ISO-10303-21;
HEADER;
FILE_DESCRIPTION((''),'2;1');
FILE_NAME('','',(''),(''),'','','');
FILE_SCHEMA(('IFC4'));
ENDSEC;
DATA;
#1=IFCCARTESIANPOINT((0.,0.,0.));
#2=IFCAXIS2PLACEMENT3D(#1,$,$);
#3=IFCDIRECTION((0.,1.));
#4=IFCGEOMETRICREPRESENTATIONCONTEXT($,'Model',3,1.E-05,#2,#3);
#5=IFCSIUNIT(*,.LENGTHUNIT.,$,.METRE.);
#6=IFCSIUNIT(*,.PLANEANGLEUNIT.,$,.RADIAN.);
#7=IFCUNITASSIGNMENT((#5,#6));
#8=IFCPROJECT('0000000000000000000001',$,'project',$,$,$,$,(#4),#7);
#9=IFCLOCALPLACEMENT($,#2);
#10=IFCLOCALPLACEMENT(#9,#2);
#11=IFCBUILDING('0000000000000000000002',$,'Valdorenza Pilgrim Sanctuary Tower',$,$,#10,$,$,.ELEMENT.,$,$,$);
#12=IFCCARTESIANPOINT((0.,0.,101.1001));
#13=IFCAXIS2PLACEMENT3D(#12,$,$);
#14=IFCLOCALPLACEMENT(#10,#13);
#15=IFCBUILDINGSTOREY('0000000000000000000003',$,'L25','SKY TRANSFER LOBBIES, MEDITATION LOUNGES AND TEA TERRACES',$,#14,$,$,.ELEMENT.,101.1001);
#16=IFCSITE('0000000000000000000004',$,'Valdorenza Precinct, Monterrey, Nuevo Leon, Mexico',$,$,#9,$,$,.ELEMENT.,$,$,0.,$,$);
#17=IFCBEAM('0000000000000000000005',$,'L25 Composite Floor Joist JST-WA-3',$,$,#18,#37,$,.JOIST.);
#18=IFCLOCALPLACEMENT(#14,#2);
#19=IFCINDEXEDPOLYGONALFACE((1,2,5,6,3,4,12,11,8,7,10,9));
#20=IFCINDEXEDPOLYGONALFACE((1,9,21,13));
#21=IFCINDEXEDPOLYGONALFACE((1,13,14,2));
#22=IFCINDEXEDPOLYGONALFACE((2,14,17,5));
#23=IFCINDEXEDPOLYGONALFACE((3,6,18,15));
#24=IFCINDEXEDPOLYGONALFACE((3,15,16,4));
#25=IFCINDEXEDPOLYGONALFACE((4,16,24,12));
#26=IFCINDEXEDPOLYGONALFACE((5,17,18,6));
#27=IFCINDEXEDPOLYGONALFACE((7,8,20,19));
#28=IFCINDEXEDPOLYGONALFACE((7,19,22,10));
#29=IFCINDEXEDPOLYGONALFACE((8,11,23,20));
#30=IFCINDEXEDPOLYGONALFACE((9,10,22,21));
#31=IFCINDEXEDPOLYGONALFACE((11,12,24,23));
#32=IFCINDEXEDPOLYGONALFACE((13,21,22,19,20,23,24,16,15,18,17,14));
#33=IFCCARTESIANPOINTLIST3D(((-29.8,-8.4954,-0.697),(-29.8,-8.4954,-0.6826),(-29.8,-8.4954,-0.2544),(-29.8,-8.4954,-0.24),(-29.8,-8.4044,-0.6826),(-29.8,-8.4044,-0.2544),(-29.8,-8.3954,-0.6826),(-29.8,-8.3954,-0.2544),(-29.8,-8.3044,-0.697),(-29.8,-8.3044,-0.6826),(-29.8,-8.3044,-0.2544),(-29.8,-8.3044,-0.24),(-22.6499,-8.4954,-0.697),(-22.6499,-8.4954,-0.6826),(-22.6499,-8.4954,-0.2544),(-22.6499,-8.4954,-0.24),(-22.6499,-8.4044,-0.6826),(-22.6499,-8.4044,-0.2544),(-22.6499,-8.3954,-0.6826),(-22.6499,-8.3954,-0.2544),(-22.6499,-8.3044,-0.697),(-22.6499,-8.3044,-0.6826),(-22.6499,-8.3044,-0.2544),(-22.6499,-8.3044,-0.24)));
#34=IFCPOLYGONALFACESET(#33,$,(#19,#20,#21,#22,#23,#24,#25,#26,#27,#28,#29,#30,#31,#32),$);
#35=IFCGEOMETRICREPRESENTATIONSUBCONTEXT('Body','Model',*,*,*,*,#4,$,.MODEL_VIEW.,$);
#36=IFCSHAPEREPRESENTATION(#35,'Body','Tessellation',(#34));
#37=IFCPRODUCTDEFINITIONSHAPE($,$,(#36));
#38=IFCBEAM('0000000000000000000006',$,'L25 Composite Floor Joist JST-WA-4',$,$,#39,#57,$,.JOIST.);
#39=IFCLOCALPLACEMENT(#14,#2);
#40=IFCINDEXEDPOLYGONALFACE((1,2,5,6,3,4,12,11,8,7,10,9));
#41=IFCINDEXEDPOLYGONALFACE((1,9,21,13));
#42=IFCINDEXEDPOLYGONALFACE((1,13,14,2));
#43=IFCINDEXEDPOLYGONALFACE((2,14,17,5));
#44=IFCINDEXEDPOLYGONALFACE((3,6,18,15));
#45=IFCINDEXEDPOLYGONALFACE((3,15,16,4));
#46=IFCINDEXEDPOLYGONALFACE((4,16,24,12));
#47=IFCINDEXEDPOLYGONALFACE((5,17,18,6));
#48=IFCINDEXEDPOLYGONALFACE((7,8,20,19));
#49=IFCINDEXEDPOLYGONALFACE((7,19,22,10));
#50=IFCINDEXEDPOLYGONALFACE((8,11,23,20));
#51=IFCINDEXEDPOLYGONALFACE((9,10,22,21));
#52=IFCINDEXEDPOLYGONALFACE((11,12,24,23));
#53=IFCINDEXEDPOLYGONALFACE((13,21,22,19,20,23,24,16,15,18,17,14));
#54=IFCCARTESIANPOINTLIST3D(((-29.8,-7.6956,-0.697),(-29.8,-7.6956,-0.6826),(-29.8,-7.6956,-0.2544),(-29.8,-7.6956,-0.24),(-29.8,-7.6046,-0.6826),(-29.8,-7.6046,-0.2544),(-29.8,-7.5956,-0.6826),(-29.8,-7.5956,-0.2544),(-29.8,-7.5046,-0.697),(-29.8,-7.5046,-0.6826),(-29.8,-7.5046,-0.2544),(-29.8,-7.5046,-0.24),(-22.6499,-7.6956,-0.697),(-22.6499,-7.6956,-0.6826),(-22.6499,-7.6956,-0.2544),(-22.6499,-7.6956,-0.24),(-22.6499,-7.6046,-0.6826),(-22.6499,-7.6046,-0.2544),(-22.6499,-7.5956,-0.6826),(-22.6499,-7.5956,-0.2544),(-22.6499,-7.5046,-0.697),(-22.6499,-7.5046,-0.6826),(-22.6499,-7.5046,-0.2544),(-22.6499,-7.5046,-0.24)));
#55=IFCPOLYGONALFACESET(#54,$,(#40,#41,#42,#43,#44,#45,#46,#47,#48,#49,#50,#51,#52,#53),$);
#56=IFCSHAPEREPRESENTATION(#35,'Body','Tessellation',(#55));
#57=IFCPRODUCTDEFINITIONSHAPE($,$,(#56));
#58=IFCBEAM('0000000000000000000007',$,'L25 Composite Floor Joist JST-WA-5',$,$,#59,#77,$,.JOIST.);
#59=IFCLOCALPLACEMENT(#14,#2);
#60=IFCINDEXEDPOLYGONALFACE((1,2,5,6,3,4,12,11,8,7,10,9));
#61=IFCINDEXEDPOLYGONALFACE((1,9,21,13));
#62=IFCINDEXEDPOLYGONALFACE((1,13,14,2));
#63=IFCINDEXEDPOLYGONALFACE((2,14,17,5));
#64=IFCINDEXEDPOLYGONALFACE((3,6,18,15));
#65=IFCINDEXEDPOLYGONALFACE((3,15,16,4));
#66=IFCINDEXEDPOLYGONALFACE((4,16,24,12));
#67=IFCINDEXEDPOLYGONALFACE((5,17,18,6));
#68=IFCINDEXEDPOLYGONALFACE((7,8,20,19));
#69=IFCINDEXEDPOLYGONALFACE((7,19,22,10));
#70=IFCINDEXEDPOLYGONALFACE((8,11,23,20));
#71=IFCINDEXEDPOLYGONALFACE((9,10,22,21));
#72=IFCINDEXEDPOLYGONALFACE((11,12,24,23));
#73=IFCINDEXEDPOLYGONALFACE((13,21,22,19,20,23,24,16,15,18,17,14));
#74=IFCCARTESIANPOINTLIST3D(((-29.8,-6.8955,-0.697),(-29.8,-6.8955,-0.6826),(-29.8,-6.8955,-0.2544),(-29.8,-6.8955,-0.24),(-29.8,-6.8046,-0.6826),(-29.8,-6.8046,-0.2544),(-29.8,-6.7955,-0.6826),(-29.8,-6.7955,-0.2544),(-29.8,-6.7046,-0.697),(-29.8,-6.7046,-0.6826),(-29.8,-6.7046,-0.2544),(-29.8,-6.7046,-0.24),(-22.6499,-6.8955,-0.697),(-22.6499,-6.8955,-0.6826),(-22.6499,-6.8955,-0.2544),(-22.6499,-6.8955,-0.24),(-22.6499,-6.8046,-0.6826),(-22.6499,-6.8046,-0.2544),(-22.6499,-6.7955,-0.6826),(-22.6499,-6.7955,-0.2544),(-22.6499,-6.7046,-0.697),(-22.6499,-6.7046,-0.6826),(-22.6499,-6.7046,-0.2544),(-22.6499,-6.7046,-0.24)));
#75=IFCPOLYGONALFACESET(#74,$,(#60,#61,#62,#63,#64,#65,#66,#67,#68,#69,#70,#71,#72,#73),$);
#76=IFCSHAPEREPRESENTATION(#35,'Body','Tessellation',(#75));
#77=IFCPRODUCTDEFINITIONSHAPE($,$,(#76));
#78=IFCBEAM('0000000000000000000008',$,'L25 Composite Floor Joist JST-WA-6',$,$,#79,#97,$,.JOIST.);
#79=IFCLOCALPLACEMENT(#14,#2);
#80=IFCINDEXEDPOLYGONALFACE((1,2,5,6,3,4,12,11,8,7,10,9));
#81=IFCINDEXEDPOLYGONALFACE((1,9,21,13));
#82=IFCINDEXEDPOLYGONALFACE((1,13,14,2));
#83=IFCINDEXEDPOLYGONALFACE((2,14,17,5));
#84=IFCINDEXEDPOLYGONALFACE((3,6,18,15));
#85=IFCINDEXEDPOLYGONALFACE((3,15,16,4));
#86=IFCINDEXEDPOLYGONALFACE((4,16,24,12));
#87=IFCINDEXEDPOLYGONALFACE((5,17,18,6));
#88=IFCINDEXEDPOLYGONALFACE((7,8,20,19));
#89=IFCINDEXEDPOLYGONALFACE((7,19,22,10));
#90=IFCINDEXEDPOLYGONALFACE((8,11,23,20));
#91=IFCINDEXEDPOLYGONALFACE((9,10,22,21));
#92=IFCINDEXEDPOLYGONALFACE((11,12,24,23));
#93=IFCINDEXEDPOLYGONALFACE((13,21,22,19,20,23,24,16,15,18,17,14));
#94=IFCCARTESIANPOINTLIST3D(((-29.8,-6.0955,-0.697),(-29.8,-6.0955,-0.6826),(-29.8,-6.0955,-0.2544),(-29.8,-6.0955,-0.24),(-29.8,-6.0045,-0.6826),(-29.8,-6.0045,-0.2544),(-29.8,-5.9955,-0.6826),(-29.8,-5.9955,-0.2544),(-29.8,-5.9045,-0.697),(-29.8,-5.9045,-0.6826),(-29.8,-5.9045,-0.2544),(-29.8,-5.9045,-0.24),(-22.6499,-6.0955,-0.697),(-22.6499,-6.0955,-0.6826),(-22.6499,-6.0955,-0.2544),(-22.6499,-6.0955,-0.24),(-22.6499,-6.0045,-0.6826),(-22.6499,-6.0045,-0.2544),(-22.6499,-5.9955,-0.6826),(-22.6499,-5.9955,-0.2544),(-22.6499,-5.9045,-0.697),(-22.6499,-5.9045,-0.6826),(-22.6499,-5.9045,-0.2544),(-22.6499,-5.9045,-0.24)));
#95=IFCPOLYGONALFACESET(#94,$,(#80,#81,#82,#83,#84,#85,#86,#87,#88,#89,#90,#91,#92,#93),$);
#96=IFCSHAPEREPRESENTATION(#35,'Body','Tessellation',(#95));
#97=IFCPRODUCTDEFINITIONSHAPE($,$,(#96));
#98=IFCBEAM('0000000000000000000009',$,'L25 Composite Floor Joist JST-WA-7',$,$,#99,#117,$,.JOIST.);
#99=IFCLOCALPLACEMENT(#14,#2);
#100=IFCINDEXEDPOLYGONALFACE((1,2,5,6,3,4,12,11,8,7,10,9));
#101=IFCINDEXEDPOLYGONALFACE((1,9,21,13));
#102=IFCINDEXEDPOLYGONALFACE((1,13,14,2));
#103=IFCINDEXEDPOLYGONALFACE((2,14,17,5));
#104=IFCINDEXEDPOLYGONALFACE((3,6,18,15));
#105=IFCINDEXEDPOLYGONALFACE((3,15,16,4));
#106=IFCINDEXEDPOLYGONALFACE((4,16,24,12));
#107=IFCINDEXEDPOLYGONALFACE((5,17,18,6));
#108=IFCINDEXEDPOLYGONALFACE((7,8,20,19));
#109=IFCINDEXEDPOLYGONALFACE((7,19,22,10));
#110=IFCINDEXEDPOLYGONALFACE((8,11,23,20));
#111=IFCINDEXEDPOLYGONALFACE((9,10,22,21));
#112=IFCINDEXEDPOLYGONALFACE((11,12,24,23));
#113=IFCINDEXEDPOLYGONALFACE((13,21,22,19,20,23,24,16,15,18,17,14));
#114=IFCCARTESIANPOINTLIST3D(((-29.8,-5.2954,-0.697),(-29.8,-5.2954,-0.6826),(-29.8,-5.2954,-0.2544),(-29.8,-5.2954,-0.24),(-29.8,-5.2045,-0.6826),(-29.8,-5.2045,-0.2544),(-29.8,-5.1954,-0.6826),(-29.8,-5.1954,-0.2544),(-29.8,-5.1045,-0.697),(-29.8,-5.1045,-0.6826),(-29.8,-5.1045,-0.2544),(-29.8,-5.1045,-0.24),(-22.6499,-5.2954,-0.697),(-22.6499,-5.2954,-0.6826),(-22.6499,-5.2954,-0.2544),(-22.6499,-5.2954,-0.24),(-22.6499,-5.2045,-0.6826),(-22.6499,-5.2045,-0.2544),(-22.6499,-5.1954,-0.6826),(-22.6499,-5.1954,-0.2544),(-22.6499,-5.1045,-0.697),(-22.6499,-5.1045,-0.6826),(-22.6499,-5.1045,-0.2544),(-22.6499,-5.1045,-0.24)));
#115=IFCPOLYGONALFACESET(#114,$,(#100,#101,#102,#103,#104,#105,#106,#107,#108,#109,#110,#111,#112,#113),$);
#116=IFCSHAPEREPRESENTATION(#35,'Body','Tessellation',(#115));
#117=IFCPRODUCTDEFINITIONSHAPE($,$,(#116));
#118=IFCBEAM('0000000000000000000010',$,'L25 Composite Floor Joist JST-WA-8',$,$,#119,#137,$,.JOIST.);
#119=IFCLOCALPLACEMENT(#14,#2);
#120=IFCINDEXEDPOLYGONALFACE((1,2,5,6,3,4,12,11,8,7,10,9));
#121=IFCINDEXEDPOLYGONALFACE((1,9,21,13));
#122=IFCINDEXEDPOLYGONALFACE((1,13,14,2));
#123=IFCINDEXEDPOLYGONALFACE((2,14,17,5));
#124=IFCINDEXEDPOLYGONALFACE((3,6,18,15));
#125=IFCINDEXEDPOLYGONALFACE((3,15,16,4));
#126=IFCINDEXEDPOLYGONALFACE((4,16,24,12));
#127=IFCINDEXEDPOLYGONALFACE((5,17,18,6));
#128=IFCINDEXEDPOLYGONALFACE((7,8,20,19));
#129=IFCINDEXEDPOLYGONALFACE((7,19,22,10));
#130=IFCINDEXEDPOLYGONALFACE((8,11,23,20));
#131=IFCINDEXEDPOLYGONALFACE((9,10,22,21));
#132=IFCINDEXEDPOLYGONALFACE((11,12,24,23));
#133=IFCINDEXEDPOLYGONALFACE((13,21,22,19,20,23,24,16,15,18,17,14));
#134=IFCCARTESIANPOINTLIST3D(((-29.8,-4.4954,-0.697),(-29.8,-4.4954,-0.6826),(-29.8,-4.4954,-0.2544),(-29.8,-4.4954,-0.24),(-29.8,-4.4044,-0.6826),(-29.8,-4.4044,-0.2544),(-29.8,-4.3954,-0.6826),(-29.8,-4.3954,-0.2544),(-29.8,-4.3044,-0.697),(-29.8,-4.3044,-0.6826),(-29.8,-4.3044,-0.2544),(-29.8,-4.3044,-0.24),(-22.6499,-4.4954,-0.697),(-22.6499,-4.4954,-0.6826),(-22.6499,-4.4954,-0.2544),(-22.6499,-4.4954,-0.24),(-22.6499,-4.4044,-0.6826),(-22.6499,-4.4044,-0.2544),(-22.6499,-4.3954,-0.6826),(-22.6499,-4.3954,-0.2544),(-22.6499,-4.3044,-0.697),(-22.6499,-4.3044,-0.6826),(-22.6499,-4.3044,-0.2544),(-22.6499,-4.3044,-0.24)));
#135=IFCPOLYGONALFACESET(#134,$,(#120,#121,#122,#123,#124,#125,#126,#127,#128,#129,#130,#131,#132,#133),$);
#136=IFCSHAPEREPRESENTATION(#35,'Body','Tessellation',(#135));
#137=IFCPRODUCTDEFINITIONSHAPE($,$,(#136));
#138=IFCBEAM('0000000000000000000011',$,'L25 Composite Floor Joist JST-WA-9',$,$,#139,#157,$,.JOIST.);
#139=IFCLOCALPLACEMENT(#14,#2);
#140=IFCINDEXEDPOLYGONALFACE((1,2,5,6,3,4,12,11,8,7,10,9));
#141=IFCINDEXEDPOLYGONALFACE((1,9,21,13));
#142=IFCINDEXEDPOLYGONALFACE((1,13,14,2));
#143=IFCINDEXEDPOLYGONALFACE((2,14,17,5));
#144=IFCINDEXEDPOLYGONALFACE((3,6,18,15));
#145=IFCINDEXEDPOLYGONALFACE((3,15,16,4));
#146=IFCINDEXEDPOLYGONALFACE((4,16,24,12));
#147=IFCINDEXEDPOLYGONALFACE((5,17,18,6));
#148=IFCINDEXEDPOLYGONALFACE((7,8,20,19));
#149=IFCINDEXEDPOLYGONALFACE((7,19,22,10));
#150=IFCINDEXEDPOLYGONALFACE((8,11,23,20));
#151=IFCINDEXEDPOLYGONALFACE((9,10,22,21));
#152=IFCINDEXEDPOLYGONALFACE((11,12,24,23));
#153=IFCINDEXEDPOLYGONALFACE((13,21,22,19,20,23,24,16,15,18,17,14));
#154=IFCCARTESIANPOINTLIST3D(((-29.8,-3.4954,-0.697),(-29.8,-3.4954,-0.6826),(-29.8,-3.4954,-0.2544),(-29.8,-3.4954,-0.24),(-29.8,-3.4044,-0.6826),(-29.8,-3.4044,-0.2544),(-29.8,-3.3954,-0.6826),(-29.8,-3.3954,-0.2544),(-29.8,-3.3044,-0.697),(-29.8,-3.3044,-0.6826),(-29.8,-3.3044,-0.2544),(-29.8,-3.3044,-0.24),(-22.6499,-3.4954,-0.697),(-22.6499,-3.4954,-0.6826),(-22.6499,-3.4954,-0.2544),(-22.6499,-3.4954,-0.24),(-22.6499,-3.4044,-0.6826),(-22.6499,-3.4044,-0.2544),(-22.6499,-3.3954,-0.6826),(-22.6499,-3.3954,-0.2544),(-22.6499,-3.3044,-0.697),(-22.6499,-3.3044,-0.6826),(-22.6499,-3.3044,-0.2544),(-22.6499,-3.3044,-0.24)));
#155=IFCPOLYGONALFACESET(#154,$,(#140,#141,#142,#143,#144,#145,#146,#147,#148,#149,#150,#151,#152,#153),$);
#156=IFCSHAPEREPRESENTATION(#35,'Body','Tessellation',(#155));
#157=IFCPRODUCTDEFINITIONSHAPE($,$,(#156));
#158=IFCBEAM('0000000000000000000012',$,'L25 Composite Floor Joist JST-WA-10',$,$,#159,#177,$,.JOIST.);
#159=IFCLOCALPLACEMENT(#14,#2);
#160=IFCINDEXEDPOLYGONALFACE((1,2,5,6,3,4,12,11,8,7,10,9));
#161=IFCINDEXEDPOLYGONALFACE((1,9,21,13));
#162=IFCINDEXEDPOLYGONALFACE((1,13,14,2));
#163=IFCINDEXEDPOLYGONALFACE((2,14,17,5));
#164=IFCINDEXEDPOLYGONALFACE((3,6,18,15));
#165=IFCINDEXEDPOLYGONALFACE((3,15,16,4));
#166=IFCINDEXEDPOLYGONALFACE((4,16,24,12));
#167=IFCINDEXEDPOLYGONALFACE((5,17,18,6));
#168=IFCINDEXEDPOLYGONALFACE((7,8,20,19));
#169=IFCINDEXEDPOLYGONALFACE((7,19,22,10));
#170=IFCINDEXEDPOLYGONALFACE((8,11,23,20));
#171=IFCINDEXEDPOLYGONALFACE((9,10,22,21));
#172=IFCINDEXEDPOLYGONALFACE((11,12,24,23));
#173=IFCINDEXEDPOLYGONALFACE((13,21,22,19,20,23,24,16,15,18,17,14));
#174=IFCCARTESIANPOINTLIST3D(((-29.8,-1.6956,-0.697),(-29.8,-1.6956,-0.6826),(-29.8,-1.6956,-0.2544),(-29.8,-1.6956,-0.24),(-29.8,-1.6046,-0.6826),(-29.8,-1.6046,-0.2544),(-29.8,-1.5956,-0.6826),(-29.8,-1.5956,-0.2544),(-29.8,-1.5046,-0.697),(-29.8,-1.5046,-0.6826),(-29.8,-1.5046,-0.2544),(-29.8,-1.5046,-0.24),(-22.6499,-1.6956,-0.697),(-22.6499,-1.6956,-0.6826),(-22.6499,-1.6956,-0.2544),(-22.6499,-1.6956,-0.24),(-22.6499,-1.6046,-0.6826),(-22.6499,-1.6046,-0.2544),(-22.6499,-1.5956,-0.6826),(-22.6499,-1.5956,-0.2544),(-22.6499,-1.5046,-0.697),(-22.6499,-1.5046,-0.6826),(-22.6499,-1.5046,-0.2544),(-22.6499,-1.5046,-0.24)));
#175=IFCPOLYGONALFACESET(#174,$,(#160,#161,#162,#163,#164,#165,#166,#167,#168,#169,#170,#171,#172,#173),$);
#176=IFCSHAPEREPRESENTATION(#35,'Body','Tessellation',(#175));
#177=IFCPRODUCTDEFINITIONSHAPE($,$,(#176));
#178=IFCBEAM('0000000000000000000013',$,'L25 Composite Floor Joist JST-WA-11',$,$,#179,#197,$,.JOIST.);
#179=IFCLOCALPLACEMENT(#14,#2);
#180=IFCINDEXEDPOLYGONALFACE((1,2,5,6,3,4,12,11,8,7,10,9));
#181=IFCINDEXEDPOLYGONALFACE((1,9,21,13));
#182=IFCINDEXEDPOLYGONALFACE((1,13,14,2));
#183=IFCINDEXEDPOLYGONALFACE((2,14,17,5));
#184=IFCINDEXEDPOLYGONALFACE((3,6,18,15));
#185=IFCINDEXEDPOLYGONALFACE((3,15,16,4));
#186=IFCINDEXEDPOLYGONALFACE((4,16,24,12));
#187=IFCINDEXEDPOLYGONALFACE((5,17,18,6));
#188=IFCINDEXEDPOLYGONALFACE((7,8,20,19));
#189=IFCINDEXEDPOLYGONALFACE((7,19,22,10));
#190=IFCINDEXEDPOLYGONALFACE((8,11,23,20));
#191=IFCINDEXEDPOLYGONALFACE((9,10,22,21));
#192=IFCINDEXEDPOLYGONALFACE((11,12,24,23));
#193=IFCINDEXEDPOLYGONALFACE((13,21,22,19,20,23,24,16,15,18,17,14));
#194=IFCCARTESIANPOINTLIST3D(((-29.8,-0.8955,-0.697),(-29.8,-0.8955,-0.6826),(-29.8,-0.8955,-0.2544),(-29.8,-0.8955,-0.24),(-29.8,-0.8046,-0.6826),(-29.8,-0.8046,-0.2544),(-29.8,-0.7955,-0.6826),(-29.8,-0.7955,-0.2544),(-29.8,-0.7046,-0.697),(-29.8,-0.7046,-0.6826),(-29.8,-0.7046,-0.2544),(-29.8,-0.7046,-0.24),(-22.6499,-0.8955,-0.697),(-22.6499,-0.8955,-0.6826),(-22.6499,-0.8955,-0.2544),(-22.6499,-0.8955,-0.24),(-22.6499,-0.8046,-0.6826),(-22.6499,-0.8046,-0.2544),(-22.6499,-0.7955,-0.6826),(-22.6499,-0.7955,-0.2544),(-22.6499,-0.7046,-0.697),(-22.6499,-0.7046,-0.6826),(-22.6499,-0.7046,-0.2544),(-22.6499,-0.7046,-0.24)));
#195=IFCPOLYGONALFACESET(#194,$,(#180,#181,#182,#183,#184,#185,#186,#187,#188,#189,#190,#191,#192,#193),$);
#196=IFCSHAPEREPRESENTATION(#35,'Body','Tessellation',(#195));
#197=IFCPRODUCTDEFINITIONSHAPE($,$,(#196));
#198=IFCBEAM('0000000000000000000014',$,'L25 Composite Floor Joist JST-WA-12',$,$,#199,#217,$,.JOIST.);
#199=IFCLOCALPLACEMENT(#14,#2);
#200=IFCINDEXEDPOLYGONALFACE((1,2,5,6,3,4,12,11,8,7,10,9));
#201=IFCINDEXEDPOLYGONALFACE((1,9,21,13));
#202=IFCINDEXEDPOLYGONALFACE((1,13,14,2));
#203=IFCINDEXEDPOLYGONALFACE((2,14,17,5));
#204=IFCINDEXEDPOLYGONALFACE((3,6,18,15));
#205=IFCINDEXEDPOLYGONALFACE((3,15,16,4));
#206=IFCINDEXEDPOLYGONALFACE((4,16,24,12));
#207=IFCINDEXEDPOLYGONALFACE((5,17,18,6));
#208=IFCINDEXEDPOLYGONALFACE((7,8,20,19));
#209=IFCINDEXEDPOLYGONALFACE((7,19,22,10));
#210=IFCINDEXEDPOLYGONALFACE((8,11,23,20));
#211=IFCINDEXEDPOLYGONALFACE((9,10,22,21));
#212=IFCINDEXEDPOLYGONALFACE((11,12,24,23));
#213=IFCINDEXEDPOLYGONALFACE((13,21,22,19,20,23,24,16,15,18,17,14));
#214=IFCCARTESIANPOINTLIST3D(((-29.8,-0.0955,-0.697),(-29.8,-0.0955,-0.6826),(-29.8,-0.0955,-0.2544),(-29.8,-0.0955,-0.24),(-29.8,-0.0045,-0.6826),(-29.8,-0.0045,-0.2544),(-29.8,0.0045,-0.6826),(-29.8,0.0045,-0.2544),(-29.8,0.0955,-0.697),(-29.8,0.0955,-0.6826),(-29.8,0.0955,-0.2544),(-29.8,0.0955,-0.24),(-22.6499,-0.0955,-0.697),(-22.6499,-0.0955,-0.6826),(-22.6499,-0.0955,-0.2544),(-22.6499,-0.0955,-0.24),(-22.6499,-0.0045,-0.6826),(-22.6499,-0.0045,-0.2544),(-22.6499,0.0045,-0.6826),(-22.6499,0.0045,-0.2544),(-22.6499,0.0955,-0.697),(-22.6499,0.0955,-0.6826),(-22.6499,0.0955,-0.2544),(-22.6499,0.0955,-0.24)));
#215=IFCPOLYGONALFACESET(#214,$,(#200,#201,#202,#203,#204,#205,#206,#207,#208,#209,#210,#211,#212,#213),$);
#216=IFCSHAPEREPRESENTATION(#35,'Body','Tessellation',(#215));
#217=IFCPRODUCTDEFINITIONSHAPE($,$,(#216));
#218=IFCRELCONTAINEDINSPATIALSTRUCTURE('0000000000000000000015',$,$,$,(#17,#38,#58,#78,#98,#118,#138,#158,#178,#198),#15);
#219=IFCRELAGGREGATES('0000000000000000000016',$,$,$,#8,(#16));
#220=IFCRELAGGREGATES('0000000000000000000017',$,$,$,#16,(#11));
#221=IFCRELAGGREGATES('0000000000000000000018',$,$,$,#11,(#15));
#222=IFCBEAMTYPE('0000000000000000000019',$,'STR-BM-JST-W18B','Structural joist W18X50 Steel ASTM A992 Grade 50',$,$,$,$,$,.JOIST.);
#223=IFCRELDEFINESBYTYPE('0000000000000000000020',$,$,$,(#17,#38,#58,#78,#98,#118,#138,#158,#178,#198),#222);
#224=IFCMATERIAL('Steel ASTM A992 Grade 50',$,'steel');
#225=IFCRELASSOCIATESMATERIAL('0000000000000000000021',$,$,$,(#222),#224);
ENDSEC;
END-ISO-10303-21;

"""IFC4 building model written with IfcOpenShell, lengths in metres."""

from ifc_helpers import new_model, si_unit, direction, frame, origin, origin_2d, place, context, subcontext, project, spatial, i_section, extrude, source, transform, mapped, material, material_profile, profile_set, type_object, element, save


model = new_model("IFC4")

# Units and contexts
model_context = context("Model", 3, precision=1e-05, world=origin(), true_north=direction((0.0, 1.0)))
body_context = subcontext(model_context, "Body", "Model", "MODEL_VIEW")
ifc_project = project(units=[si_unit("LENGTHUNIT", "METRE"), si_unit("PLANEANGLEUNIT", "RADIAN")], contexts=[model_context])

# Site, building, storey
site_placement = place(None, origin())
site = spatial("IfcSite", under=ifc_project, at=site_placement, Name="Valdorenza Precinct, Monterrey, Nuevo Leon, Mexico", CompositionType="ELEMENT", RefElevation=0.0)
building_placement = place(site_placement, origin())
building = spatial("IfcBuilding", under=site, at=building_placement, Name="Valdorenza Pilgrim Sanctuary Tower", CompositionType="ELEMENT")
storey_placement = place(building_placement, frame((0.0, 0.0, 101.1001)))
storey = spatial("IfcBuildingStorey", under=building, at=storey_placement, Name="L25", Description="SKY TRANSFER LOBBIES, MEDITATION LOUNGES AND TEA TERRACES", CompositionType="ELEMENT", Elevation=101.1001)

# Beams
ifc_material_1 = material(Name="Steel ASTM A992 Grade 50", Category="steel")
ifc_material_profile_1 = material_profile(ifc_material_1, i_section(OverallWidth=0.1909, OverallDepth=0.457, WebThickness=0.009, FlangeThickness=0.0144, at=origin_2d()), Name="W18X50")
ifc_profile_set_1 = profile_set([ifc_material_profile_1], Name="Steel ASTM A992 Grade 50")
beam_type_1 = type_object("IfcBeamType", Name="STR-BM-JST-W18B", Description="Structural joist W18X50 Steel ASTM A992 Grade 50", PredefinedType="JOIST", material=ifc_profile_set_1)
shared_shape_1 = source(origin(), body_context, "Body", "SweptSolid", [
    extrude(i_section(OverallWidth=0.1909, OverallDepth=0.457, WebThickness=0.009, FlangeThickness=0.0144, at=origin_2d()), origin(), (0.0, 0.0, 1.0), 7.1501),
])
for number, where, z_axis, x_axis, name in (
    (1, (-29.8, -8.3999, -0.4685), (1.0, 0.0, 0.0), (0.0, 1.0, 0.0), "L25 Composite Floor Joist JST-WA-3"),
    (2, (-29.8, -7.6001, -0.4685), (1.0, 0.0, 0.0), (0.0, 1.0, 0.0), "L25 Composite Floor Joist JST-WA-4"),
    (3, (-29.8, -6.8, -0.4685), (1.0, 0.0, 0.0), (0.0, 1.0, 0.0), "L25 Composite Floor Joist JST-WA-5"),
    (4, (-29.8, -6.0, -0.4685), (1.0, 0.0, 0.0), (0.0, 1.0, 0.0), "L25 Composite Floor Joist JST-WA-6"),
    (5, (-29.8, -5.2, -0.4685), (1.0, 0.0, 0.0), (0.0, 1.0, 0.0), "L25 Composite Floor Joist JST-WA-7"),
    (6, (-29.8, -4.3999, -0.4685), (1.0, 0.0, 0.0), (0.0, 1.0, 0.0), "L25 Composite Floor Joist JST-WA-8"),
    (7, (-29.8, -3.3999, -0.4685), (1.0, 0.0, 0.0), (0.0, 1.0, 0.0), "L25 Composite Floor Joist JST-WA-9"),
    (8, (-29.8, -1.6001, -0.4685), (1.0, 0.0, 0.0), (0.0, 1.0, 0.0), "L25 Composite Floor Joist JST-WA-10"),
    (9, (-29.8, -0.8, -0.4685), (1.0, 0.0, 0.0), (0.0, 1.0, 0.0), "L25 Composite Floor Joist JST-WA-11"),
    (10, (-29.8, 0.0, -0.4685), (1.0, 0.0, 0.0), (0.0, 1.0, 0.0), "L25 Composite Floor Joist JST-WA-12"),
):
    element("IfcBeam", number, at=place(storey_placement, frame(where, z_axis=z_axis, x_axis=x_axis)), inside=storey, type_object=beam_type_1, Name=name, PredefinedType="JOIST", context=body_context, shape_type="MappedRepresentation", body=[
        mapped(shared_shape_1, transform((0.0, 0.0, 0.0), x_axis=(1.0, 0.0, 0.0), y_axis=(0.0, 1.0, 0.0), z_axis=(0.0, 0.0, 1.0), scale=1.0)),
    ])

save(model, "model.ifc")
